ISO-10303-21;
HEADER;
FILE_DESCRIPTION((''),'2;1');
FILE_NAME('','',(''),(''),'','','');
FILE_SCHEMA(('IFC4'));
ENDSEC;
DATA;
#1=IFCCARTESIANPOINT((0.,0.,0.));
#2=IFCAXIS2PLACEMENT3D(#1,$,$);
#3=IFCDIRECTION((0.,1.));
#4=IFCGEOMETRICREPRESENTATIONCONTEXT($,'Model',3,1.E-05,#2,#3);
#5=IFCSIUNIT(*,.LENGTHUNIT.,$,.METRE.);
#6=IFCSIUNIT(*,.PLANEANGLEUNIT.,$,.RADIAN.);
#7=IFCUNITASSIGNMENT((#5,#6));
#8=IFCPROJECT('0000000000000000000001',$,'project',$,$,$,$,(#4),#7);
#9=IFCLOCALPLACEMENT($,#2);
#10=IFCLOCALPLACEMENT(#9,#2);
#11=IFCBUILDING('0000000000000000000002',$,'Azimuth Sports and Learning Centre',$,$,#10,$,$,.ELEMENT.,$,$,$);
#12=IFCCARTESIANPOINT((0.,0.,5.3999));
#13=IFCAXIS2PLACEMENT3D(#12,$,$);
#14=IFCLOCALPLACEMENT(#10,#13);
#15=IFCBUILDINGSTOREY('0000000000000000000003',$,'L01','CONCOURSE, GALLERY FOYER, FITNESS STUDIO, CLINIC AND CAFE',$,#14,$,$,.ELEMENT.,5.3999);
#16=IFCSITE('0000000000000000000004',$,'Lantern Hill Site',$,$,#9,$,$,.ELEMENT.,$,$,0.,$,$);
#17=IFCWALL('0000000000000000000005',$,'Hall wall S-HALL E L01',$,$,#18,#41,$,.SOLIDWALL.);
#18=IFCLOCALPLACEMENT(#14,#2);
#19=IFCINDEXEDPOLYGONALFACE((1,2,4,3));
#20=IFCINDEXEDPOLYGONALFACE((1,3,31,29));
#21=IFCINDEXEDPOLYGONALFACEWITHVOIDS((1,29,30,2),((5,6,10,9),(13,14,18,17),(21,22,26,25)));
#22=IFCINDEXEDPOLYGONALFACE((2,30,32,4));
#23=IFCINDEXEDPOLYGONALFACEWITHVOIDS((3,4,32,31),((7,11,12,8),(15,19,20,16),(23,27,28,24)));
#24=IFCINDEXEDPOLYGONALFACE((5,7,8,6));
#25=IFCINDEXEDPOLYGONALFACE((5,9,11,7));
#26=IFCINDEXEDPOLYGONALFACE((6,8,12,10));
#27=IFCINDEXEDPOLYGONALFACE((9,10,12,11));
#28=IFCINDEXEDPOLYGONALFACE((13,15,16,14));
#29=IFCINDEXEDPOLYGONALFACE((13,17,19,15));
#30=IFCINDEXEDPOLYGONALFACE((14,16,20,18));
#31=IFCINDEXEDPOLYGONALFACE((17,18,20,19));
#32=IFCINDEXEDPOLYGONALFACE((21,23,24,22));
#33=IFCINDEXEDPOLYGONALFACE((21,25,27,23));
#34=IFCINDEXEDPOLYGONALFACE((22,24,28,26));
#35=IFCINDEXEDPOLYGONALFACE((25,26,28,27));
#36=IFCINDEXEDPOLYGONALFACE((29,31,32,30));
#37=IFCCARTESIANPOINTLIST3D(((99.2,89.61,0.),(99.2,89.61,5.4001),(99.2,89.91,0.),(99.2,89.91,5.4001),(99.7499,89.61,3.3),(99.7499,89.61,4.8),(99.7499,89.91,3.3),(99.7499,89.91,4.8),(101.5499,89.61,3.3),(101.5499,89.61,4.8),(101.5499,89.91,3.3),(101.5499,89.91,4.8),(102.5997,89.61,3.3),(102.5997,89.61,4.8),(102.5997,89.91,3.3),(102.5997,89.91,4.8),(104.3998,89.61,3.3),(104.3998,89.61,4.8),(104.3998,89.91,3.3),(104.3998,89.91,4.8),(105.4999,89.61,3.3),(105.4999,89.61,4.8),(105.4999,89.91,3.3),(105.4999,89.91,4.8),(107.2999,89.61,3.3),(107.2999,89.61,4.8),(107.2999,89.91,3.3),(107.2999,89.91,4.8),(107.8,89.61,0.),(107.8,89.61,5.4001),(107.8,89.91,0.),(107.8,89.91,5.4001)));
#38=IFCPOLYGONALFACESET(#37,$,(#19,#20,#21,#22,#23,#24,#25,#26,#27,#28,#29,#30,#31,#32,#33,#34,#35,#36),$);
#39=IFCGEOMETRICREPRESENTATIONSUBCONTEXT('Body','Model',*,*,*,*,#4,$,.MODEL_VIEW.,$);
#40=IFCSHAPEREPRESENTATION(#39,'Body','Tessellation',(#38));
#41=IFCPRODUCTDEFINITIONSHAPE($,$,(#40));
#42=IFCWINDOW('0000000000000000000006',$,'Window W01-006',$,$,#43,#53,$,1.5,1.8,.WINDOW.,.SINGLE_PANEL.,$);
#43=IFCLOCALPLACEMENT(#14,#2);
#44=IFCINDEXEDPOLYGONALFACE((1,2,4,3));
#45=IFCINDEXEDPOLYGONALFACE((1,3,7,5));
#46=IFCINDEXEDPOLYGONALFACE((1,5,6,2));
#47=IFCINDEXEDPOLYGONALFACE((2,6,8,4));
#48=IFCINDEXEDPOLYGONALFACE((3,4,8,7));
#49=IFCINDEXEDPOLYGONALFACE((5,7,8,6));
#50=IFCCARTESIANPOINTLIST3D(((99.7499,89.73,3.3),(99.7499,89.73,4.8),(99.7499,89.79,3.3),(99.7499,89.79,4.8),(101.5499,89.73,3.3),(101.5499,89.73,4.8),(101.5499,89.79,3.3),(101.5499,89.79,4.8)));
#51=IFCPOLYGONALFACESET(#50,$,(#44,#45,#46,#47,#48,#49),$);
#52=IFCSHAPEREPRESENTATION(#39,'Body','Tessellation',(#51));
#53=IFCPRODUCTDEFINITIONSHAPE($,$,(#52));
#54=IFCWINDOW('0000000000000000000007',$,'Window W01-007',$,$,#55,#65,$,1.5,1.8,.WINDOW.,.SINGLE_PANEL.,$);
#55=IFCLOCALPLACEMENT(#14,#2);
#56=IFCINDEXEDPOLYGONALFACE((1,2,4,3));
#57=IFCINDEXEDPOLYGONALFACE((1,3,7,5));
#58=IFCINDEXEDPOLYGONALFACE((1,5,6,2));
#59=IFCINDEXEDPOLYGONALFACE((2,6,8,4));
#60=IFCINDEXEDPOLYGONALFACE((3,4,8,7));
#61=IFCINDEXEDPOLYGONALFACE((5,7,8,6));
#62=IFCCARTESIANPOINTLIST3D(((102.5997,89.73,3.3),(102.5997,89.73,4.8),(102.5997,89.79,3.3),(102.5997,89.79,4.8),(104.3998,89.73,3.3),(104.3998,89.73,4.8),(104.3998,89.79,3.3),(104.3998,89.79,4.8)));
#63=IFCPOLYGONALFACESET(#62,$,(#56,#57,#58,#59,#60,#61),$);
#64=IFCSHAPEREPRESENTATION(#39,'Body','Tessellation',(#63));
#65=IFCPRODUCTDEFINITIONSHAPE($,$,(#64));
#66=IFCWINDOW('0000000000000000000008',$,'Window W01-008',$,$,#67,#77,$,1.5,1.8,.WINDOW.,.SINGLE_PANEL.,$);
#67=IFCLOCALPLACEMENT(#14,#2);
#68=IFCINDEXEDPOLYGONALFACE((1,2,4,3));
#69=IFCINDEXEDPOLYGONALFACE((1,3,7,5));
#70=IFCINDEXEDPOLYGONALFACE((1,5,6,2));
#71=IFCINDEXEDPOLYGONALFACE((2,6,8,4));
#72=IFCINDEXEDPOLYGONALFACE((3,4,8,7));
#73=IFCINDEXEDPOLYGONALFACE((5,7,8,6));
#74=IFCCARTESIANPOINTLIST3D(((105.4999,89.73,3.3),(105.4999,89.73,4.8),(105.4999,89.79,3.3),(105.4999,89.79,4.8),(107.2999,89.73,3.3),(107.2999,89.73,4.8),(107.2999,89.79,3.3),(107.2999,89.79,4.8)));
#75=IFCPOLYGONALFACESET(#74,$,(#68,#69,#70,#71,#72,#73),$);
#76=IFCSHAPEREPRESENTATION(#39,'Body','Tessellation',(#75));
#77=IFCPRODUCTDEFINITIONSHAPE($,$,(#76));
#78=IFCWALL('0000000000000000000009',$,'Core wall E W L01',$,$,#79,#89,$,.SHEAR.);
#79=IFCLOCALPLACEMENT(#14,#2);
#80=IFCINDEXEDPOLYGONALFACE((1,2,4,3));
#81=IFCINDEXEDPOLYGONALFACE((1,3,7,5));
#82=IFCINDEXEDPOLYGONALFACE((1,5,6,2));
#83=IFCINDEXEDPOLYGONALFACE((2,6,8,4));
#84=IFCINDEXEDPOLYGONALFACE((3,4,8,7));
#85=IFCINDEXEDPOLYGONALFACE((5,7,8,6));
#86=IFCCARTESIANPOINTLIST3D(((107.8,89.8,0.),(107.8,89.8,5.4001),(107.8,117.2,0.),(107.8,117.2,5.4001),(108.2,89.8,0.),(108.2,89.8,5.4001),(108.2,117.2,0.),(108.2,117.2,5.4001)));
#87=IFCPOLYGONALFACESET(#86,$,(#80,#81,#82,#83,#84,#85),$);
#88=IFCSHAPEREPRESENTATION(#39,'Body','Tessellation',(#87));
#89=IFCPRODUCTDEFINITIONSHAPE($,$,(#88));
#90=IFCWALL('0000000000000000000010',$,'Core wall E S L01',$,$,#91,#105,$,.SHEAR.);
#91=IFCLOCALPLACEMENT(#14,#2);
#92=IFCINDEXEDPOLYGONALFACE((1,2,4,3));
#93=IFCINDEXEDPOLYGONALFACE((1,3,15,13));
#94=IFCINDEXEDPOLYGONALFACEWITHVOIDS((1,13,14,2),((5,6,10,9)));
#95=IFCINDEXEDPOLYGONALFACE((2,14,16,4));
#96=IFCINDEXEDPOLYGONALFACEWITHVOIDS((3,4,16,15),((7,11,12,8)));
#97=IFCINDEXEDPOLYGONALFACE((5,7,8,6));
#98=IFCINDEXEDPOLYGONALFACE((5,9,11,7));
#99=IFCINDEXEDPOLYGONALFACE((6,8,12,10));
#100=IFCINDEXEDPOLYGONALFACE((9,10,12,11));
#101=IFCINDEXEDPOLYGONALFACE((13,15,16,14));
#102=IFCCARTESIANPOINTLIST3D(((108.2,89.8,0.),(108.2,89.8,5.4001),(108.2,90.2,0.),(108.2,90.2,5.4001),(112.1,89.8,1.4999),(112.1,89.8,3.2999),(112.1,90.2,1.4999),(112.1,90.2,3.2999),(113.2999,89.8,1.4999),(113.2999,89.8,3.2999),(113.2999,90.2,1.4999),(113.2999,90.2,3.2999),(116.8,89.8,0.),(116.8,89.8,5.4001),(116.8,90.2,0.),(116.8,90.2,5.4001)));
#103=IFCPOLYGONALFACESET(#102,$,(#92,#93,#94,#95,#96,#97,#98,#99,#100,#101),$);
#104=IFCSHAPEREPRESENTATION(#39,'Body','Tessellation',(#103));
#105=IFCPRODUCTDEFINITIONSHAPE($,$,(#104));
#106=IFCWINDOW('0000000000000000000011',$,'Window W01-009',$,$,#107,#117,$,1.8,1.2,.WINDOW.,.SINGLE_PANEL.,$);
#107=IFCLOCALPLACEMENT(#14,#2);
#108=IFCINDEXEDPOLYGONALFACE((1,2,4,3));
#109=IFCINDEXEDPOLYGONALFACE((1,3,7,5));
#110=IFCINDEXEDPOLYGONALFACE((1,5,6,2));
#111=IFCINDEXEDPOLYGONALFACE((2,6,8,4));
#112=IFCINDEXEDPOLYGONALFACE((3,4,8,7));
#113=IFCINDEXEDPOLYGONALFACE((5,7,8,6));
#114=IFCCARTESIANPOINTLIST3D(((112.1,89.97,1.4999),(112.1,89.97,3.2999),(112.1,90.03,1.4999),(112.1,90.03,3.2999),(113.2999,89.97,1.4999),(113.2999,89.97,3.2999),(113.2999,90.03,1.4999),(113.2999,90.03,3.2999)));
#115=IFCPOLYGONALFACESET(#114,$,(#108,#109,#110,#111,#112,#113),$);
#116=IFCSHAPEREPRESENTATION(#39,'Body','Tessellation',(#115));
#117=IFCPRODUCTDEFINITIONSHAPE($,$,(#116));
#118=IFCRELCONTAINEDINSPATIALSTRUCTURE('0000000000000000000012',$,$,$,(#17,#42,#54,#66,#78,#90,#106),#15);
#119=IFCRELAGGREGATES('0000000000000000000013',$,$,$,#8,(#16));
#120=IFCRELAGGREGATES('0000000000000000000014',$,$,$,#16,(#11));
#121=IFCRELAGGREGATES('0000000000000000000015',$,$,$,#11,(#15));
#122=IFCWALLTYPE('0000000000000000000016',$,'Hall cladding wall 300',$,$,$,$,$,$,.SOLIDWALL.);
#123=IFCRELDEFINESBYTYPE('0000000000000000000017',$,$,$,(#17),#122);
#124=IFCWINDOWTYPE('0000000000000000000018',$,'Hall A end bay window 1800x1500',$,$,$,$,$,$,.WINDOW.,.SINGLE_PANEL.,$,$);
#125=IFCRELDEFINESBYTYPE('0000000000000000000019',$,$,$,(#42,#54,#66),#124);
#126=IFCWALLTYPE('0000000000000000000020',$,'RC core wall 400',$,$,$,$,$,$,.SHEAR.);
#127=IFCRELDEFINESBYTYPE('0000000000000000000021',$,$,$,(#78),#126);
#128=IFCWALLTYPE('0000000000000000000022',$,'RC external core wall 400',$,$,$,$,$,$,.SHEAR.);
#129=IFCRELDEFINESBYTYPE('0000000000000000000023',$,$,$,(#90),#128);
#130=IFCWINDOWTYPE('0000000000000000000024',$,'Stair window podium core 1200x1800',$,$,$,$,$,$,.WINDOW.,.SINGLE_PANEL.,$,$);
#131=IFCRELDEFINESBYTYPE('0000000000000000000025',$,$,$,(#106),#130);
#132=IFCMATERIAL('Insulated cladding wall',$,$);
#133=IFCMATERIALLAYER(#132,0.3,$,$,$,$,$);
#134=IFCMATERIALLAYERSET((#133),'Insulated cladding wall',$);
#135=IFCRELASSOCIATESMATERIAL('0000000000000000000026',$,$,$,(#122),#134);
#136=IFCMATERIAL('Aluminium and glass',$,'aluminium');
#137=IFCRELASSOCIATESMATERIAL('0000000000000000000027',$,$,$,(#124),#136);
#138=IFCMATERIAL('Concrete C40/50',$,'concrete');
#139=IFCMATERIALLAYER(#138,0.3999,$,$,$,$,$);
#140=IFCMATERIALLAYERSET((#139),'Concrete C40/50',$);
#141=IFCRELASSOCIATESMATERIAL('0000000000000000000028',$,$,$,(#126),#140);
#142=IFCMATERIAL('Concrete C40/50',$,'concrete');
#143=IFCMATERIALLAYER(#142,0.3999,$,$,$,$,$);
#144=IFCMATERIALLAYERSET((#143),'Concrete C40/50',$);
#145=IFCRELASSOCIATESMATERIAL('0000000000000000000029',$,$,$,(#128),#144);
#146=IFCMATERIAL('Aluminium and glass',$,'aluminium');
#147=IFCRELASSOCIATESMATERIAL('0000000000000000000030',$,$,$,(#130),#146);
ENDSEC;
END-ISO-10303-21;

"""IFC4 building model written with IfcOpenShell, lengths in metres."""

from ifc_helpers import new_model, si_unit, direction, frame, frame_2d, origin, place, context, subcontext, project, spatial, rectangle, extrude, material, layer, layer_set, type_object, element, fill, save


model = new_model("IFC4")

# Units and contexts
model_context = context("Model", 3, precision=1e-05, world=origin(), true_north=direction((0.0, 1.0)))
body_context = subcontext(model_context, "Body", "Model", "MODEL_VIEW")
ifc_project = project(units=[si_unit("LENGTHUNIT", "METRE"), si_unit("PLANEANGLEUNIT", "RADIAN")], contexts=[model_context])

# Site, building, storey
site_placement = place(None, origin())
site = spatial("IfcSite", under=ifc_project, at=site_placement, Name="Lantern Hill Site", CompositionType="ELEMENT", RefElevation=0.0)
building_placement = place(site_placement, origin())
building = spatial("IfcBuilding", under=site, at=building_placement, Name="Azimuth Sports and Learning Centre", CompositionType="ELEMENT")
storey_placement = place(building_placement, frame((0.0, 0.0, 5.3999)))
storey = spatial("IfcBuildingStorey", under=building, at=storey_placement, Name="L01", Description="CONCOURSE, GALLERY FOYER, FITNESS STUDIO, CLINIC AND CAFE", CompositionType="ELEMENT", Elevation=5.3999)

# Wall, openings, windows
ifc_material_1 = material(Name="Insulated cladding wall")
ifc_layer_1 = layer(ifc_material_1, 0.3)
ifc_layer_set_1 = layer_set([ifc_layer_1], Name="Insulated cladding wall")
wall_type_1 = type_object("IfcWallType", Name="Hall cladding wall 300", PredefinedType="SOLIDWALL", material=ifc_layer_set_1)
wall_1_placement = place(storey_placement, frame((99.2, 89.76, 0.0), z_axis=(0.0, 0.0, 1.0), x_axis=(1.0, 0.0, 0.0)))
wall_1 = element("IfcWall", 1, at=wall_1_placement, inside=storey, type_object=wall_type_1, Name="Hall wall S-HALL E L01", PredefinedType="SOLIDWALL", context=body_context, shape_type="SweptSolid", body=[
    extrude(rectangle(XDim=8.6001, YDim=0.3, at=frame_2d((4.3, 0.0))), origin(), (0.0, 0.0, 1.0), 5.4001),
])
opening_1_placement = place(wall_1_placement, frame((0.55, 0.0, 3.3)))
opening_1 = element("IfcOpeningElement", 2, at=opening_1_placement, cuts=wall_1, PredefinedType="OPENING", context=body_context, shape_type="SweptSolid", body=[
    extrude(rectangle(XDim=1.8, YDim=1.5, at=frame_2d((0.8999, 0.75))), frame((0.0, 0.1611, 0.0), z_axis=(0.0, -1.0, 0.0), x_axis=(1.0, 0.0, 0.0)), (0.0, 0.0, 1.0), 0.322),
])
opening_2_placement = place(wall_1_placement, frame((3.3999, 0.0, 3.3)))
opening_2 = element("IfcOpeningElement", 3, at=opening_2_placement, cuts=wall_1, PredefinedType="OPENING", context=body_context, shape_type="SweptSolid", body=[
    extrude(rectangle(XDim=1.8, YDim=1.5, at=frame_2d((0.8999, 0.75))), frame((0.0, 0.1611, 0.0), z_axis=(0.0, -1.0, 0.0), x_axis=(1.0, 0.0, 0.0)), (0.0, 0.0, 1.0), 0.322),
])
opening_3_placement = place(wall_1_placement, frame((6.3, 0.0, 3.3)))
opening_3 = element("IfcOpeningElement", 4, at=opening_3_placement, cuts=wall_1, PredefinedType="OPENING", context=body_context, shape_type="SweptSolid", body=[
    extrude(rectangle(XDim=1.8, YDim=1.5, at=frame_2d((0.8999, 0.75))), frame((0.0, 0.1611, 0.0), z_axis=(0.0, -1.0, 0.0), x_axis=(1.0, 0.0, 0.0)), (0.0, 0.0, 1.0), 0.322),
])
ifc_material_2 = material(Name="Aluminium and glass", Category="aluminium")
window_type_1 = type_object("IfcWindowType", Name="Hall A end bay window 1800x1500", PartitioningType="SINGLE_PANEL", PredefinedType="WINDOW", material=ifc_material_2)
window_1_placement = place(opening_1_placement, origin())
window_1 = element("IfcWindow", 5, at=window_1_placement, inside=storey, type_object=window_type_1, Name="Window W01-006", OverallHeight=1.5, OverallWidth=1.8, PartitioningType="SINGLE_PANEL", PredefinedType="WINDOW", context=body_context, shape_type="SweptSolid", body=[
    extrude(rectangle(XDim=1.8, YDim=1.5, at=frame_2d((0.8999, 0.75))), frame((0.0, 0.03, 0.0), z_axis=(0.0, -1.0, 0.0), x_axis=(1.0, 0.0, 0.0)), (0.0, 0.0, 1.0), 0.0601),
])
fill(opening_1, window_1)
window_2_placement = place(opening_2_placement, origin())
window_2 = element("IfcWindow", 6, at=window_2_placement, inside=storey, type_object=window_type_1, Name="Window W01-007", OverallHeight=1.5, OverallWidth=1.8, PartitioningType="SINGLE_PANEL", PredefinedType="WINDOW", context=body_context, shape_type="SweptSolid", body=[
    extrude(rectangle(XDim=1.8, YDim=1.5, at=frame_2d((0.8999, 0.75))), frame((0.0, 0.03, 0.0), z_axis=(0.0, -1.0, 0.0), x_axis=(1.0, 0.0, 0.0)), (0.0, 0.0, 1.0), 0.0601),
])
fill(opening_2, window_2)
window_3_placement = place(opening_3_placement, origin())
window_3 = element("IfcWindow", 7, at=window_3_placement, inside=storey, type_object=window_type_1, Name="Window W01-008", OverallHeight=1.5, OverallWidth=1.8, PartitioningType="SINGLE_PANEL", PredefinedType="WINDOW", context=body_context, shape_type="SweptSolid", body=[
    extrude(rectangle(XDim=1.8, YDim=1.5, at=frame_2d((0.8999, 0.75))), frame((0.0, 0.03, 0.0), z_axis=(0.0, -1.0, 0.0), x_axis=(1.0, 0.0, 0.0)), (0.0, 0.0, 1.0), 0.0601),
])
fill(opening_3, window_3)

# Wall
ifc_material_3 = material(Name="Concrete C40/50", Category="concrete")
ifc_layer_2 = layer(ifc_material_3, 0.3999)
ifc_layer_set_2 = layer_set([ifc_layer_2], Name="Concrete C40/50")
wall_type_2 = type_object("IfcWallType", Name="RC core wall 400", PredefinedType="SHEAR", material=ifc_layer_set_2)
wall_2_placement = place(storey_placement, frame((108.0, 89.8, 0.0), z_axis=(0.0, 0.0, 1.0), x_axis=(0.0, 1.0, 0.0)))
element("IfcWall", 8, at=wall_2_placement, inside=storey, type_object=wall_type_2, Name="Core wall E W L01", PredefinedType="SHEAR", context=body_context, shape_type="SweptSolid", body=[
    extrude(rectangle(XDim=27.3999, YDim=0.3999, at=frame_2d((13.7, 0.0))), origin(), (0.0, 0.0, 1.0), 5.4001),
])

# Wall, opening, window
ifc_material_4 = material(Name="Concrete C40/50", Category="concrete")
ifc_layer_3 = layer(ifc_material_4, 0.3999)
ifc_layer_set_3 = layer_set([ifc_layer_3], Name="Concrete C40/50")
wall_type_3 = type_object("IfcWallType", Name="RC external core wall 400", PredefinedType="SHEAR", material=ifc_layer_set_3)
wall_3_placement = place(storey_placement, frame((108.2, 90.0, 0.0), z_axis=(0.0, 0.0, 1.0), x_axis=(1.0, 0.0, 0.0)))
wall_3 = element("IfcWall", 9, at=wall_3_placement, inside=storey, type_object=wall_type_3, Name="Core wall E S L01", PredefinedType="SHEAR", context=body_context, shape_type="SweptSolid", body=[
    extrude(rectangle(XDim=8.6001, YDim=0.3999, at=frame_2d((4.3, 0.0))), origin(), (0.0, 0.0, 1.0), 5.4001),
])
opening_4_placement = place(wall_3_placement, frame((3.8999, 0.0, 1.5)))
opening_4 = element("IfcOpeningElement", 10, at=opening_4_placement, cuts=wall_3, PredefinedType="OPENING", context=body_context, shape_type="SweptSolid", body=[
    extrude(rectangle(XDim=1.2, YDim=1.8, at=frame_2d((0.6001, 0.8999))), frame((0.0, 0.2109, 0.0), z_axis=(0.0, -1.0, 0.0), x_axis=(1.0, 0.0, 0.0)), (0.0, 0.0, 1.0), 0.4219),
])
ifc_material_5 = material(Name="Aluminium and glass", Category="aluminium")
window_type_2 = type_object("IfcWindowType", Name="Stair window podium core 1200x1800", PartitioningType="SINGLE_PANEL", PredefinedType="WINDOW", material=ifc_material_5)
window_4_placement = place(opening_4_placement, origin())
window_4 = element("IfcWindow", 11, at=window_4_placement, inside=storey, type_object=window_type_2, Name="Window W01-009", OverallHeight=1.8, OverallWidth=1.2, PartitioningType="SINGLE_PANEL", PredefinedType="WINDOW", context=body_context, shape_type="SweptSolid", body=[
    extrude(rectangle(XDim=1.2, YDim=1.8, at=frame_2d((0.6001, 0.8999))), frame((0.0, 0.03, 0.0), z_axis=(0.0, -1.0, 0.0), x_axis=(1.0, 0.0, 0.0)), (0.0, 0.0, 1.0), 0.0601),
])
fill(opening_4, window_4)

save(model, "model.ifc")
